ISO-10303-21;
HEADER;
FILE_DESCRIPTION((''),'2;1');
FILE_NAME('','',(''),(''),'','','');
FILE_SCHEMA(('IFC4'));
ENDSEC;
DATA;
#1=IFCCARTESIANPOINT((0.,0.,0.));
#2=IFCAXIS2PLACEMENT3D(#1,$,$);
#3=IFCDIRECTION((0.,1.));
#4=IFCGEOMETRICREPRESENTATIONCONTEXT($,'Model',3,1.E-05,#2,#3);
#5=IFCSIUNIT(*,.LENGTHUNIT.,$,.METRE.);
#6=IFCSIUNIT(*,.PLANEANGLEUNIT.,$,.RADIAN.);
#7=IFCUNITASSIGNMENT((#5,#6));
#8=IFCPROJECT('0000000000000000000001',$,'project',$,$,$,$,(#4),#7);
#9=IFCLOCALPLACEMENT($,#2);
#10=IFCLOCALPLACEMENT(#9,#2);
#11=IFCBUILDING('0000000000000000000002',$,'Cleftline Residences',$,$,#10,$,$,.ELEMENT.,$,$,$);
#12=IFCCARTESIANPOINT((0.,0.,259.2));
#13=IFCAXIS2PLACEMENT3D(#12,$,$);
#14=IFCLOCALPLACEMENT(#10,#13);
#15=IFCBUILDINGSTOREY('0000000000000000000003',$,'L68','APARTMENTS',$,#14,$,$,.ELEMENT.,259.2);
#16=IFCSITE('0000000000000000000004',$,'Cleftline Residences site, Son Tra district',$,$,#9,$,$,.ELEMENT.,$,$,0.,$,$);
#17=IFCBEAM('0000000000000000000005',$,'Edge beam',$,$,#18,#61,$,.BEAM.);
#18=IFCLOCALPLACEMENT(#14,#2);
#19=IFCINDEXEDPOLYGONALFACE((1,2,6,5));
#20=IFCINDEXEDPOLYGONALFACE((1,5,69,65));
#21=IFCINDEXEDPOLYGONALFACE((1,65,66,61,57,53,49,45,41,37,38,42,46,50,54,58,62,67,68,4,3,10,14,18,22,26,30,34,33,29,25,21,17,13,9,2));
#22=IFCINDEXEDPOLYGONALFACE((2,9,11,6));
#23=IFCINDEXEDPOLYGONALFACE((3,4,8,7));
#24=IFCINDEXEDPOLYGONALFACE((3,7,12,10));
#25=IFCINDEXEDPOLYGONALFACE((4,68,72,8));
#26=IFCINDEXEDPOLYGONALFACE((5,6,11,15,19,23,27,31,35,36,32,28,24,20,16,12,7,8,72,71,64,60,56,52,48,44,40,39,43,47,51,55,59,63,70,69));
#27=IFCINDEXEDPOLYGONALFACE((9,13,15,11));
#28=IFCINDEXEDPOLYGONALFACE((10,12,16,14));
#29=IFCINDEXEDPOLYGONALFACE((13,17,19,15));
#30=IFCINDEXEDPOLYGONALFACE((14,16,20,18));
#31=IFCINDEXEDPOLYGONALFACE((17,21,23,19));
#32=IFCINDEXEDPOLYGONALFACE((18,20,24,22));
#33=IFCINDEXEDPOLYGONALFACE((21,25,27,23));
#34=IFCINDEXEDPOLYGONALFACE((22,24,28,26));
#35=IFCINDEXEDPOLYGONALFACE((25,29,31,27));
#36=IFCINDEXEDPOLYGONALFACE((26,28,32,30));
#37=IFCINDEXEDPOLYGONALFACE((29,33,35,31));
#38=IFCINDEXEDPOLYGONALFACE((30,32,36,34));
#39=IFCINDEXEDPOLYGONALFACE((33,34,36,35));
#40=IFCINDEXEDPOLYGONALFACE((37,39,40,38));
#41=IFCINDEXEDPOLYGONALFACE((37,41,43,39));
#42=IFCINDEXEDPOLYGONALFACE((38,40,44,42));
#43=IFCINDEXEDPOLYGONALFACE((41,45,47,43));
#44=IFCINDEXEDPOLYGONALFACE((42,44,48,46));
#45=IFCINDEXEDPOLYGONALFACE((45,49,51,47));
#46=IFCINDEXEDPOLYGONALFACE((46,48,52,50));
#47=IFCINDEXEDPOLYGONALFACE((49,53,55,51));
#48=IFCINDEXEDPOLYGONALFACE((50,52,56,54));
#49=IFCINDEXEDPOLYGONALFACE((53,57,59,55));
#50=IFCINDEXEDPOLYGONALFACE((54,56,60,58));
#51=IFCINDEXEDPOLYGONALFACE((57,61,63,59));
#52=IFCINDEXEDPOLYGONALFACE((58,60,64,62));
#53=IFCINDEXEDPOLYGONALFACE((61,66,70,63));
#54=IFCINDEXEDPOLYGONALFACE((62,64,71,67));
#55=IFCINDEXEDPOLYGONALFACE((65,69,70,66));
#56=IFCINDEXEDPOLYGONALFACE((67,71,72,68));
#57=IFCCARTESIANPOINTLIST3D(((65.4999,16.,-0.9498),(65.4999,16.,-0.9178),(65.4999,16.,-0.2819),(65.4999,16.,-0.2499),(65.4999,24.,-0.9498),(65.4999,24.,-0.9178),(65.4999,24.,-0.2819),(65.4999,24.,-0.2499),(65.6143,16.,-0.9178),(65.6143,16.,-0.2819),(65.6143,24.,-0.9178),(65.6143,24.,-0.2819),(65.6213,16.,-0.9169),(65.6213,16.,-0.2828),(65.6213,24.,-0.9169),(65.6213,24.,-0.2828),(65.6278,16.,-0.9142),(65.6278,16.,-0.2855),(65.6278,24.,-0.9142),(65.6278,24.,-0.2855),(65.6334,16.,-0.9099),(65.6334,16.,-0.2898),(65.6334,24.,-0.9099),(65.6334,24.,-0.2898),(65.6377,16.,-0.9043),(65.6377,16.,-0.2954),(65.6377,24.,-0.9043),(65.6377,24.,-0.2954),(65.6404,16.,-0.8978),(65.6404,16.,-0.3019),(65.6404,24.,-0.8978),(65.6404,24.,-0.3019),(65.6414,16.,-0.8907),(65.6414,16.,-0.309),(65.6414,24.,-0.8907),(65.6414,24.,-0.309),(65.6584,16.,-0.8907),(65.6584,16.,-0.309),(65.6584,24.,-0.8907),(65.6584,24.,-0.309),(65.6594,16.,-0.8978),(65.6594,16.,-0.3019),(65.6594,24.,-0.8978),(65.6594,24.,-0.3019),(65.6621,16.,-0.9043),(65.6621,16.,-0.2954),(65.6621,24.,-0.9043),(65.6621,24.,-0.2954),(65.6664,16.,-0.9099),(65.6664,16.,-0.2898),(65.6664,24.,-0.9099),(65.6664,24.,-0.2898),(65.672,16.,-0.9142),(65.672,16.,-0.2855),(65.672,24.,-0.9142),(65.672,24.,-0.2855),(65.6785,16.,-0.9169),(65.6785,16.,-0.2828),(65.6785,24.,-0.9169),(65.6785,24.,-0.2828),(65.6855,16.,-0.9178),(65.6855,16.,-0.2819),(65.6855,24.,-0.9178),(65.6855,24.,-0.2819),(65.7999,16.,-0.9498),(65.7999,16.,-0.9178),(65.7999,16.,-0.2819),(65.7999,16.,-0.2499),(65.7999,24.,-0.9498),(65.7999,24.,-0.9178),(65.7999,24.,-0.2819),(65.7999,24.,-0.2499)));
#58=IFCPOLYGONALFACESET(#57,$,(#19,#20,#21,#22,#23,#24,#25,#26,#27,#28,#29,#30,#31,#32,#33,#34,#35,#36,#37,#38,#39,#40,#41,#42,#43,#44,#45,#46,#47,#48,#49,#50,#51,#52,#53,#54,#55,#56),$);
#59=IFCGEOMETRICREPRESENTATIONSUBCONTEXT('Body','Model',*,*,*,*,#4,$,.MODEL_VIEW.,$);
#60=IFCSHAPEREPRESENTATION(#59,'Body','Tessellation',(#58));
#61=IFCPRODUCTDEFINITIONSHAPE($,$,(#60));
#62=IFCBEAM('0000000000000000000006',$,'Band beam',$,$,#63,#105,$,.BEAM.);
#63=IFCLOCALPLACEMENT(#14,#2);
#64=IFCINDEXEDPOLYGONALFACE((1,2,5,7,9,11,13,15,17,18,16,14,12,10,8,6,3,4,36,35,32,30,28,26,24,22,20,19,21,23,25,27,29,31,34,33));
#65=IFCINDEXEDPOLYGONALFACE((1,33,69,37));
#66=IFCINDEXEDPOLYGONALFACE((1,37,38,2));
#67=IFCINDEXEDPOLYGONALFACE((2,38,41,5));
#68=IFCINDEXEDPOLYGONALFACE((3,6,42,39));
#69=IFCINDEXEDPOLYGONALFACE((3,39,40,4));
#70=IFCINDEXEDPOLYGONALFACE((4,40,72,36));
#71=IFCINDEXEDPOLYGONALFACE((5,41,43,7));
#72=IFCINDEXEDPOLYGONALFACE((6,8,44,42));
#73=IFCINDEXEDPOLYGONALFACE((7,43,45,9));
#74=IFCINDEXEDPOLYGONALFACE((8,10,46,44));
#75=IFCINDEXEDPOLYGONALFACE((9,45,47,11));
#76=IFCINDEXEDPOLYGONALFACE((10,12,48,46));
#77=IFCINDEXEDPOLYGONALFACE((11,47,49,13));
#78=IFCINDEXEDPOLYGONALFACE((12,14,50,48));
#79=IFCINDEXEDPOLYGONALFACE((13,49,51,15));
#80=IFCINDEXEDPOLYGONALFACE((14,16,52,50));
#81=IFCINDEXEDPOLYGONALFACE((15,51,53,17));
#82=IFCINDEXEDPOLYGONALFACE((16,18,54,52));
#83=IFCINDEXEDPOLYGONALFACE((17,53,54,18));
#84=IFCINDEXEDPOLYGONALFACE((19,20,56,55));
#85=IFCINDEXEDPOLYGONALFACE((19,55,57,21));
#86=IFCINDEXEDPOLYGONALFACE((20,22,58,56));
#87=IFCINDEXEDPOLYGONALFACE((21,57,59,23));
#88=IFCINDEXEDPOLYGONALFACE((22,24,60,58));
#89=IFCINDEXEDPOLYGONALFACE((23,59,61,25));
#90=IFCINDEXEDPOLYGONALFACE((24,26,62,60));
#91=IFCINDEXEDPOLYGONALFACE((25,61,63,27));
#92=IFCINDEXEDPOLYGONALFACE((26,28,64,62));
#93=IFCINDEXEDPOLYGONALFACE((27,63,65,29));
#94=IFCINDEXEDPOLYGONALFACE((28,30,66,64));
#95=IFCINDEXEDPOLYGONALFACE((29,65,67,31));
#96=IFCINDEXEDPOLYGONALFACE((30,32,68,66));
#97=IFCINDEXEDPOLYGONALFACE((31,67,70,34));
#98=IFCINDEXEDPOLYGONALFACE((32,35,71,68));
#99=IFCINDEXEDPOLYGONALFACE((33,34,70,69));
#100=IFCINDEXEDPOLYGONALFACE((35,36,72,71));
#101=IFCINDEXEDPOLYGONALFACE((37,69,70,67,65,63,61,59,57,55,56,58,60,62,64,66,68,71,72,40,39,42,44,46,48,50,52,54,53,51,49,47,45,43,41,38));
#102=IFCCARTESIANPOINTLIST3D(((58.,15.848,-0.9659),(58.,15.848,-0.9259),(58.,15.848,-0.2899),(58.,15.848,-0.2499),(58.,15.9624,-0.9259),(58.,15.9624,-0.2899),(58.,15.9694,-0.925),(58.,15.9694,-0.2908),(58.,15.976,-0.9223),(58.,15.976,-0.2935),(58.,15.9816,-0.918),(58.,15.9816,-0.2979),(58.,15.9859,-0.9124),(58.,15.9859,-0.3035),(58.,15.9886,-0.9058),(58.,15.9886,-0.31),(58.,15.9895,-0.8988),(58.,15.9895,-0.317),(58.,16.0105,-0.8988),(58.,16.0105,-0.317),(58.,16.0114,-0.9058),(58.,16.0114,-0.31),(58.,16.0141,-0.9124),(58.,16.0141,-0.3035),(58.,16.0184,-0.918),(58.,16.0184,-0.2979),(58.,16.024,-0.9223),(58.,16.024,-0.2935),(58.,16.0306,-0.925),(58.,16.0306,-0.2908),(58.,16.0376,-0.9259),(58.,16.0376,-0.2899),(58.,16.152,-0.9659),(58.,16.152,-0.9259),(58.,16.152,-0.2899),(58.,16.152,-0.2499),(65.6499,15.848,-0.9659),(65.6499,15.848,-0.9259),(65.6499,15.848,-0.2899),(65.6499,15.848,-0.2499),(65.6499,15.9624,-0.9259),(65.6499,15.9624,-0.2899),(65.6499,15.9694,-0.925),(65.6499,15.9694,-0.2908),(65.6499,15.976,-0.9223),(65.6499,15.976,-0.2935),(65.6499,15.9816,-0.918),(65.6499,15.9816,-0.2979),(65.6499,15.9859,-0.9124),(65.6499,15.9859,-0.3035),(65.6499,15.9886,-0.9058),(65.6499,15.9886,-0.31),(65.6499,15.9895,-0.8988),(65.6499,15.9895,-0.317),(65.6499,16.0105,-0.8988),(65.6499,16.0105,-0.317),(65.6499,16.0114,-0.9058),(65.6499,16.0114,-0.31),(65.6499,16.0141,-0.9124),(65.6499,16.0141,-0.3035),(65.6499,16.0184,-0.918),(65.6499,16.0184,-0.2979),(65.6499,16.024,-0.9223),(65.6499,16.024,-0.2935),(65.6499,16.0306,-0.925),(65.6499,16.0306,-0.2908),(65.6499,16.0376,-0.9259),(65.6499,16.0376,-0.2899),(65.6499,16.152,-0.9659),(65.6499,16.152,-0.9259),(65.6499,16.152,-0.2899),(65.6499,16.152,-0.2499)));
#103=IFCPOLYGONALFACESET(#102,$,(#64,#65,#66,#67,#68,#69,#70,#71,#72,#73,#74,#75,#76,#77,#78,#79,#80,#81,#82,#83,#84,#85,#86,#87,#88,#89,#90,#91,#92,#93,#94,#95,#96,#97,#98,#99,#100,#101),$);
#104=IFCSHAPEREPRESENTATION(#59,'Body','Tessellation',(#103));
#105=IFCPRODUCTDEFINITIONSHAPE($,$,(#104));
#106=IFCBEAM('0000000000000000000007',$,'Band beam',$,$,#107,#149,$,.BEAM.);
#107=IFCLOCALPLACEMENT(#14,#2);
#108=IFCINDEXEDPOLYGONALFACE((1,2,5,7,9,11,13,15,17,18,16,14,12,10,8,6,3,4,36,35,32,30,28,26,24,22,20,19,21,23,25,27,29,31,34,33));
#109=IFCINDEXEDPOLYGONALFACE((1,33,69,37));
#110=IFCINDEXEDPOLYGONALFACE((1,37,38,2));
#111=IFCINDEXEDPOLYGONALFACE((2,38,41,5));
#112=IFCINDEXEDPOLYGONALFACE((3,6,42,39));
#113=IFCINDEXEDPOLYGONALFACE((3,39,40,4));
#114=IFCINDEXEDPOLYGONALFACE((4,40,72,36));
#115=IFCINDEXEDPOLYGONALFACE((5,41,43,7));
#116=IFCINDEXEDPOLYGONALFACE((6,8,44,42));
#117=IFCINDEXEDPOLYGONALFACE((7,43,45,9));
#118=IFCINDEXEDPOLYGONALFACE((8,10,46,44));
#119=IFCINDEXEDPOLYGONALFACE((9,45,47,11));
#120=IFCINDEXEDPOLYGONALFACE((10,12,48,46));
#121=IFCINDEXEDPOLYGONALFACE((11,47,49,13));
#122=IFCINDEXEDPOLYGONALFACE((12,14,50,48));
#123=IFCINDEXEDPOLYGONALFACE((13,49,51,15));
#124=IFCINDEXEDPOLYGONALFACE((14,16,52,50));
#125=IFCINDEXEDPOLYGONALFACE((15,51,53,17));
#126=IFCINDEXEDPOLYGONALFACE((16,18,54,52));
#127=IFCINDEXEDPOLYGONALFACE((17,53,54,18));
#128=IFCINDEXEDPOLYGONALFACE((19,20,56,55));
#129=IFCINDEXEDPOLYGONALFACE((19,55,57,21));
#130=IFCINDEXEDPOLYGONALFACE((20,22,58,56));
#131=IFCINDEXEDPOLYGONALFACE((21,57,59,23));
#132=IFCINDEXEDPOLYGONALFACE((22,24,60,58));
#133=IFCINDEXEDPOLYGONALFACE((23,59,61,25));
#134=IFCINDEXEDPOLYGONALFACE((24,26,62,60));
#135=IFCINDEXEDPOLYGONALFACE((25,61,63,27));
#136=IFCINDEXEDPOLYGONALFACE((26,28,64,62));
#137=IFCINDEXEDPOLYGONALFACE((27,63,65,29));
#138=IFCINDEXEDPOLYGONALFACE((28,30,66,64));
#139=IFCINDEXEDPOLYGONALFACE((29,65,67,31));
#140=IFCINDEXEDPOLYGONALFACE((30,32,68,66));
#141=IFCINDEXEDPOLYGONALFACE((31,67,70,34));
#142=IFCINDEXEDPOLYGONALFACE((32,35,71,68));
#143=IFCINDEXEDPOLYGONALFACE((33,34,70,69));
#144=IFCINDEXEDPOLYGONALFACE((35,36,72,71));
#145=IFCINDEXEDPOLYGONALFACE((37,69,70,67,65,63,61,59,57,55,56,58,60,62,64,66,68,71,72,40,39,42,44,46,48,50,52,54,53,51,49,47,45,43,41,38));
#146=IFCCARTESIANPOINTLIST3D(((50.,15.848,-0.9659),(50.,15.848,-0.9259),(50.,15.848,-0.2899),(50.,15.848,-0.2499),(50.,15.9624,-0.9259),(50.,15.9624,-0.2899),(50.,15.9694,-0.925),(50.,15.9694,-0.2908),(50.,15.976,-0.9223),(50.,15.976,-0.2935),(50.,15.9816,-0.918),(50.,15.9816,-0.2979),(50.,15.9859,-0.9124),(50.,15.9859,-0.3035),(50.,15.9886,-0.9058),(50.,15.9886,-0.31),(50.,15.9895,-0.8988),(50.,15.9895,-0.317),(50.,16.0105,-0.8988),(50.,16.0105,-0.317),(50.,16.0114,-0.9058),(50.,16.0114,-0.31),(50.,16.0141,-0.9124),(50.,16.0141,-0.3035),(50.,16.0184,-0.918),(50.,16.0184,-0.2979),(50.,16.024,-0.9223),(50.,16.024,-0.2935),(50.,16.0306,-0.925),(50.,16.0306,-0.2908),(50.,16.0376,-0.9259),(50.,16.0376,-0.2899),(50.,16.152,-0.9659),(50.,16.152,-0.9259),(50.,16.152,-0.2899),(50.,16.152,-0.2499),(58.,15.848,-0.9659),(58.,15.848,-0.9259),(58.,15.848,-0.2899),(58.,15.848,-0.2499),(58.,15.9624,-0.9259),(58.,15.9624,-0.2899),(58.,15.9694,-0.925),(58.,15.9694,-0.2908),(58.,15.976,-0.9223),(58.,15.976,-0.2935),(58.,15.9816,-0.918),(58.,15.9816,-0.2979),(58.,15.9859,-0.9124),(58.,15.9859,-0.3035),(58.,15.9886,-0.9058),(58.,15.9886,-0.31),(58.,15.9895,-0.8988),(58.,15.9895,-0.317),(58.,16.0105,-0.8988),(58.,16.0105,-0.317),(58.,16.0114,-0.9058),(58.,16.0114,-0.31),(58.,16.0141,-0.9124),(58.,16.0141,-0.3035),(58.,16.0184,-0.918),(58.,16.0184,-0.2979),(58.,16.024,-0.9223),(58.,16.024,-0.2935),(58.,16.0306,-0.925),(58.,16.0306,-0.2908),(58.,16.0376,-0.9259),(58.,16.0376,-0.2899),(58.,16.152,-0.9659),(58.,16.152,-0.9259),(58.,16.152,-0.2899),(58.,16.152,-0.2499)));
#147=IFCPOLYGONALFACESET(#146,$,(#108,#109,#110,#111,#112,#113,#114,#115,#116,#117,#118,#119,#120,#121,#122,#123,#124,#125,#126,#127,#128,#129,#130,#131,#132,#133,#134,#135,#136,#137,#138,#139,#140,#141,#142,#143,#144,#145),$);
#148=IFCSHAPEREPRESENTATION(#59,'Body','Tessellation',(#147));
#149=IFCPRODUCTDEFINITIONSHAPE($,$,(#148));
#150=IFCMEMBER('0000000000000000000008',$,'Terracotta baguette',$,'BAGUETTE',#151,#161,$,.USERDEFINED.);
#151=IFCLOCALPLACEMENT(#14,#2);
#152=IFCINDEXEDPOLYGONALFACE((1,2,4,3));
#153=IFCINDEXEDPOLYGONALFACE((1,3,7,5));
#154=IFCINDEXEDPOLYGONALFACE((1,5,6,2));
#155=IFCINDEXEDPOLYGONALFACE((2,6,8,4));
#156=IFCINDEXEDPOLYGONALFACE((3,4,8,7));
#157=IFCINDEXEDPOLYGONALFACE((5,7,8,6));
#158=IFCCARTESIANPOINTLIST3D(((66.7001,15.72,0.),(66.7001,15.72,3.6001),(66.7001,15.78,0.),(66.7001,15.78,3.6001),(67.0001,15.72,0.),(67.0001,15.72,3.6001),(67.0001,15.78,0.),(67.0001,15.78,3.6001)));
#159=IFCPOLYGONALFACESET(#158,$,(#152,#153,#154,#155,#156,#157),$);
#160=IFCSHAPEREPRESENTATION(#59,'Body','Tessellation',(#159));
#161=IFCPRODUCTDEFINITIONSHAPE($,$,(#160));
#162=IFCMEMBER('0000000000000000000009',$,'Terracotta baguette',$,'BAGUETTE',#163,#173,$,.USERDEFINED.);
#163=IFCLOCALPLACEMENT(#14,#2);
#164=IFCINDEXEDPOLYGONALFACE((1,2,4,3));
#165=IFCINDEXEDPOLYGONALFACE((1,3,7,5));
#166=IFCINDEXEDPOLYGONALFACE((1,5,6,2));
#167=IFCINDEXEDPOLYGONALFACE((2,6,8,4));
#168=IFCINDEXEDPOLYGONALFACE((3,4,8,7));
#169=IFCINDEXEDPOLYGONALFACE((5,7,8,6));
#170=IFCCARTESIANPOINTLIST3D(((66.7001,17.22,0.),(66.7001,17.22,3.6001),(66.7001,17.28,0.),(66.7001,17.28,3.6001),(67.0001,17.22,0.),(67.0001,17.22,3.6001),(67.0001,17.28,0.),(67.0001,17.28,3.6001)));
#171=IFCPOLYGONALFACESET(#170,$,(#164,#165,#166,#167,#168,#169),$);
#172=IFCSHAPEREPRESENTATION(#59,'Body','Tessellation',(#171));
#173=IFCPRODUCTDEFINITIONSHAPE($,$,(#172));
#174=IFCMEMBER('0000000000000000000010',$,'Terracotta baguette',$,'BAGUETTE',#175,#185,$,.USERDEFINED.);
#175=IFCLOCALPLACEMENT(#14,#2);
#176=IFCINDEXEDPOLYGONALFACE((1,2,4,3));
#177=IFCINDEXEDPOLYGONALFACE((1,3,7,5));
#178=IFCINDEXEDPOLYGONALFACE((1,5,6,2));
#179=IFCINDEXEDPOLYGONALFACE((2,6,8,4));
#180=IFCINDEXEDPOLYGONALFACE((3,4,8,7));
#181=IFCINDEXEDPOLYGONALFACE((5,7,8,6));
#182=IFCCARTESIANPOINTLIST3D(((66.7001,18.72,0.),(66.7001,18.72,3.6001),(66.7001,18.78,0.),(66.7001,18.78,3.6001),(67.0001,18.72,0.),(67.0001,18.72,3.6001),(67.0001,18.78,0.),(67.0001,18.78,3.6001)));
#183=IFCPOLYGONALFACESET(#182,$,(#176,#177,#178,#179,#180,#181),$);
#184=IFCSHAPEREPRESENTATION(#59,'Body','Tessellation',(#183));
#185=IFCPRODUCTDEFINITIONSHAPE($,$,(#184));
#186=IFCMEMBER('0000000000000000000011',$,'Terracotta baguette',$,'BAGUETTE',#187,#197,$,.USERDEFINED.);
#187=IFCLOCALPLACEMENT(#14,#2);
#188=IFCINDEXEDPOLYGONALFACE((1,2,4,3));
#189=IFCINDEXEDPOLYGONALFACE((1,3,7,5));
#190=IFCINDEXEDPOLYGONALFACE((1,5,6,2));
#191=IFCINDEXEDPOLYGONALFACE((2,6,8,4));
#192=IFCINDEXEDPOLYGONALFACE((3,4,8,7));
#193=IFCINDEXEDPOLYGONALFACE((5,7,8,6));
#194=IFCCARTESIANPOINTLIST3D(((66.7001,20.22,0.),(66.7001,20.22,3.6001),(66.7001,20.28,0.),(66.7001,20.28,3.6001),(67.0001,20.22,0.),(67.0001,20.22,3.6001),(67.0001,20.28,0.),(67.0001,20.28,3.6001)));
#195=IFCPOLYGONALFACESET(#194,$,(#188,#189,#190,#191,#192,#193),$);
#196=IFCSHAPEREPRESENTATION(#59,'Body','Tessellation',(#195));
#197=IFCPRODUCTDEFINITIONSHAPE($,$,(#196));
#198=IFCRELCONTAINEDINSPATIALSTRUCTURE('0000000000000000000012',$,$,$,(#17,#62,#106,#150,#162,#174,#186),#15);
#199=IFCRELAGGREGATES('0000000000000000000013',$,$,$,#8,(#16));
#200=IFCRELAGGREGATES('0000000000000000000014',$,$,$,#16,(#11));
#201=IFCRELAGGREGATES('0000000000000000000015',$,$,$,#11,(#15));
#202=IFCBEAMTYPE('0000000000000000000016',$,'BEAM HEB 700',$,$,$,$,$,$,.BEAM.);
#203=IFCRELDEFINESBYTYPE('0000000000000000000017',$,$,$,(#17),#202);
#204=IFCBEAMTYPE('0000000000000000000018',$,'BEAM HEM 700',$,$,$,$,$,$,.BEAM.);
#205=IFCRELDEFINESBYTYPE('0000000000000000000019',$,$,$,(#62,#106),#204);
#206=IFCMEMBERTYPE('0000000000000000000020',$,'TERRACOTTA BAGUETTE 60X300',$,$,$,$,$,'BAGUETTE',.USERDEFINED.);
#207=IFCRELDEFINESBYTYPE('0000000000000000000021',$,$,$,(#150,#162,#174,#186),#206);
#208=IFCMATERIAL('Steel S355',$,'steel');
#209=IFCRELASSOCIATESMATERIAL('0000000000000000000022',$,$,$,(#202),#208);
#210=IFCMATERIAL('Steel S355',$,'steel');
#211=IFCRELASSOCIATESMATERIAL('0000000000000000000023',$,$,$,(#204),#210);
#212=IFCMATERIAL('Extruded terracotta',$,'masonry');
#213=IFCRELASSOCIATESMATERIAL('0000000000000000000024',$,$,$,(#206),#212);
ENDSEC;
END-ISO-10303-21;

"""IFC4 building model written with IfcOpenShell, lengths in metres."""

from ifc_helpers import new_model, si_unit, direction, frame, origin, origin_2d, place, context, subcontext, project, spatial, rectangle, i_section, extrude, material, material_profile, profile_set, type_object, element, save


model = new_model("IFC4")

# Units and contexts
model_context = context("Model", 3, precision=1e-05, world=origin(), true_north=direction((0.0, 1.0)))
body_context = subcontext(model_context, "Body", "Model", "MODEL_VIEW")
ifc_project = project(units=[si_unit("LENGTHUNIT", "METRE"), si_unit("PLANEANGLEUNIT", "RADIAN")], contexts=[model_context])

# Site, building, storey
site_placement = place(None, origin())
site = spatial("IfcSite", under=ifc_project, at=site_placement, Name="Cleftline Residences site, Son Tra district", CompositionType="ELEMENT", RefElevation=0.0)
building_placement = place(site_placement, origin())
building = spatial("IfcBuilding", under=site, at=building_placement, Name="Cleftline Residences", CompositionType="ELEMENT")
storey_placement = place(building_placement, frame((0.0, 0.0, 259.2)))
storey = spatial("IfcBuildingStorey", under=building, at=storey_placement, Name="L68", Description="APARTMENTS", CompositionType="ELEMENT", Elevation=259.2)

# Beams
ifc_material_1 = material(Name="Steel S355", Category="steel")
ifc_material_profile_1 = material_profile(ifc_material_1, i_section(OverallWidth=0.3, OverallDepth=0.7, WebThickness=0.0171, FlangeThickness=0.032, FilletRadius=0.0271, at=origin_2d()))
ifc_profile_set_1 = profile_set([ifc_material_profile_1], Name="Steel S355")
beam_type_1 = type_object("IfcBeamType", Name="BEAM HEB 700", PredefinedType="BEAM", material=ifc_profile_set_1)
beam_1_placement = place(storey_placement, frame((65.6499, 16.0, -0.5999), z_axis=(0.0, 1.0, 0.0), x_axis=(-1.0, 0.0, 0.0)))
element("IfcBeam", 1, at=beam_1_placement, inside=storey, type_object=beam_type_1, Name="Edge beam", PredefinedType="BEAM", context=body_context, shape_type="SweptSolid", body=[
    extrude(i_section(OverallWidth=0.3, OverallDepth=0.7, WebThickness=0.0171, FlangeThickness=0.032, FilletRadius=0.0271, at=origin_2d()), origin(), (0.0, 0.0, 1.0), 8.0),
])
ifc_material_2 = material(Name="Steel S355", Category="steel")
ifc_material_profile_2 = material_profile(ifc_material_2, i_section(OverallWidth=0.304, OverallDepth=0.7161, WebThickness=0.021, FlangeThickness=0.04, FilletRadius=0.0271, at=origin_2d()))
ifc_profile_set_2 = profile_set([ifc_material_profile_2], Name="Steel S355")
beam_type_2 = type_object("IfcBeamType", Name="BEAM HEM 700", PredefinedType="BEAM", material=ifc_profile_set_2)
beam_2_placement = place(storey_placement, frame((65.6499, 16.0, -0.6079), z_axis=(-1.0, 0.0, 0.0), x_axis=(0.0, -1.0, 0.0)))
element("IfcBeam", 2, at=beam_2_placement, inside=storey, type_object=beam_type_2, Name="Band beam", PredefinedType="BEAM", context=body_context, shape_type="SweptSolid", body=[
    extrude(i_section(OverallWidth=0.304, OverallDepth=0.7161, WebThickness=0.021, FlangeThickness=0.04, FilletRadius=0.0271, at=origin_2d()), origin(), (0.0, 0.0, 1.0), 7.6499),
])
beam_3_placement = place(storey_placement, frame((58.0, 16.0, -0.6079), z_axis=(-1.0, 0.0, 0.0), x_axis=(0.0, -1.0, 0.0)))
element("IfcBeam", 3, at=beam_3_placement, inside=storey, type_object=beam_type_2, Name="Band beam", PredefinedType="BEAM", context=body_context, shape_type="SweptSolid", body=[
    extrude(i_section(OverallWidth=0.304, OverallDepth=0.7161, WebThickness=0.021, FlangeThickness=0.04, FilletRadius=0.0271, at=origin_2d()), origin(), (0.0, 0.0, 1.0), 8.0),
])

# Members
ifc_material_3 = material(Name="Extruded terracotta", Category="masonry")
ifc_material_profile_3 = material_profile(ifc_material_3, rectangle(XDim=0.0601, YDim=0.3, at=origin_2d()))
ifc_profile_set_3 = profile_set([ifc_material_profile_3], Name="Extruded terracotta")
member_type_1 = type_object("IfcMemberType", Name="TERRACOTTA BAGUETTE 60X300", ElementType="BAGUETTE", PredefinedType="USERDEFINED", material=ifc_profile_set_3)
for number, where, z_axis, x_axis, name in (
    (4, (66.8501, 15.75, 0.0), (0.0, 0.0, 1.0), (0.0, 1.0, 0.0), "Terracotta baguette"),
    (5, (66.8501, 17.25, 0.0), (0.0, 0.0, 1.0), (0.0, 1.0, 0.0), "Terracotta baguette"),
    (6, (66.8501, 18.75, 0.0), (0.0, 0.0, 1.0), (0.0, 1.0, 0.0), "Terracotta baguette"),
    (7, (66.8501, 20.25, 0.0), (0.0, 0.0, 1.0), (0.0, 1.0, 0.0), "Terracotta baguette"),
):
    element("IfcMember", number, at=place(storey_placement, frame(where, z_axis=z_axis, x_axis=x_axis)), inside=storey, type_object=member_type_1, Name=name, ObjectType="BAGUETTE", PredefinedType="USERDEFINED", context=body_context, shape_type="SweptSolid", body=[
        extrude(rectangle(XDim=0.0601, YDim=0.3, at=origin_2d()), origin(), (0.0, 0.0, 1.0), 3.6001),
    ])

save(model, "model.ifc")
